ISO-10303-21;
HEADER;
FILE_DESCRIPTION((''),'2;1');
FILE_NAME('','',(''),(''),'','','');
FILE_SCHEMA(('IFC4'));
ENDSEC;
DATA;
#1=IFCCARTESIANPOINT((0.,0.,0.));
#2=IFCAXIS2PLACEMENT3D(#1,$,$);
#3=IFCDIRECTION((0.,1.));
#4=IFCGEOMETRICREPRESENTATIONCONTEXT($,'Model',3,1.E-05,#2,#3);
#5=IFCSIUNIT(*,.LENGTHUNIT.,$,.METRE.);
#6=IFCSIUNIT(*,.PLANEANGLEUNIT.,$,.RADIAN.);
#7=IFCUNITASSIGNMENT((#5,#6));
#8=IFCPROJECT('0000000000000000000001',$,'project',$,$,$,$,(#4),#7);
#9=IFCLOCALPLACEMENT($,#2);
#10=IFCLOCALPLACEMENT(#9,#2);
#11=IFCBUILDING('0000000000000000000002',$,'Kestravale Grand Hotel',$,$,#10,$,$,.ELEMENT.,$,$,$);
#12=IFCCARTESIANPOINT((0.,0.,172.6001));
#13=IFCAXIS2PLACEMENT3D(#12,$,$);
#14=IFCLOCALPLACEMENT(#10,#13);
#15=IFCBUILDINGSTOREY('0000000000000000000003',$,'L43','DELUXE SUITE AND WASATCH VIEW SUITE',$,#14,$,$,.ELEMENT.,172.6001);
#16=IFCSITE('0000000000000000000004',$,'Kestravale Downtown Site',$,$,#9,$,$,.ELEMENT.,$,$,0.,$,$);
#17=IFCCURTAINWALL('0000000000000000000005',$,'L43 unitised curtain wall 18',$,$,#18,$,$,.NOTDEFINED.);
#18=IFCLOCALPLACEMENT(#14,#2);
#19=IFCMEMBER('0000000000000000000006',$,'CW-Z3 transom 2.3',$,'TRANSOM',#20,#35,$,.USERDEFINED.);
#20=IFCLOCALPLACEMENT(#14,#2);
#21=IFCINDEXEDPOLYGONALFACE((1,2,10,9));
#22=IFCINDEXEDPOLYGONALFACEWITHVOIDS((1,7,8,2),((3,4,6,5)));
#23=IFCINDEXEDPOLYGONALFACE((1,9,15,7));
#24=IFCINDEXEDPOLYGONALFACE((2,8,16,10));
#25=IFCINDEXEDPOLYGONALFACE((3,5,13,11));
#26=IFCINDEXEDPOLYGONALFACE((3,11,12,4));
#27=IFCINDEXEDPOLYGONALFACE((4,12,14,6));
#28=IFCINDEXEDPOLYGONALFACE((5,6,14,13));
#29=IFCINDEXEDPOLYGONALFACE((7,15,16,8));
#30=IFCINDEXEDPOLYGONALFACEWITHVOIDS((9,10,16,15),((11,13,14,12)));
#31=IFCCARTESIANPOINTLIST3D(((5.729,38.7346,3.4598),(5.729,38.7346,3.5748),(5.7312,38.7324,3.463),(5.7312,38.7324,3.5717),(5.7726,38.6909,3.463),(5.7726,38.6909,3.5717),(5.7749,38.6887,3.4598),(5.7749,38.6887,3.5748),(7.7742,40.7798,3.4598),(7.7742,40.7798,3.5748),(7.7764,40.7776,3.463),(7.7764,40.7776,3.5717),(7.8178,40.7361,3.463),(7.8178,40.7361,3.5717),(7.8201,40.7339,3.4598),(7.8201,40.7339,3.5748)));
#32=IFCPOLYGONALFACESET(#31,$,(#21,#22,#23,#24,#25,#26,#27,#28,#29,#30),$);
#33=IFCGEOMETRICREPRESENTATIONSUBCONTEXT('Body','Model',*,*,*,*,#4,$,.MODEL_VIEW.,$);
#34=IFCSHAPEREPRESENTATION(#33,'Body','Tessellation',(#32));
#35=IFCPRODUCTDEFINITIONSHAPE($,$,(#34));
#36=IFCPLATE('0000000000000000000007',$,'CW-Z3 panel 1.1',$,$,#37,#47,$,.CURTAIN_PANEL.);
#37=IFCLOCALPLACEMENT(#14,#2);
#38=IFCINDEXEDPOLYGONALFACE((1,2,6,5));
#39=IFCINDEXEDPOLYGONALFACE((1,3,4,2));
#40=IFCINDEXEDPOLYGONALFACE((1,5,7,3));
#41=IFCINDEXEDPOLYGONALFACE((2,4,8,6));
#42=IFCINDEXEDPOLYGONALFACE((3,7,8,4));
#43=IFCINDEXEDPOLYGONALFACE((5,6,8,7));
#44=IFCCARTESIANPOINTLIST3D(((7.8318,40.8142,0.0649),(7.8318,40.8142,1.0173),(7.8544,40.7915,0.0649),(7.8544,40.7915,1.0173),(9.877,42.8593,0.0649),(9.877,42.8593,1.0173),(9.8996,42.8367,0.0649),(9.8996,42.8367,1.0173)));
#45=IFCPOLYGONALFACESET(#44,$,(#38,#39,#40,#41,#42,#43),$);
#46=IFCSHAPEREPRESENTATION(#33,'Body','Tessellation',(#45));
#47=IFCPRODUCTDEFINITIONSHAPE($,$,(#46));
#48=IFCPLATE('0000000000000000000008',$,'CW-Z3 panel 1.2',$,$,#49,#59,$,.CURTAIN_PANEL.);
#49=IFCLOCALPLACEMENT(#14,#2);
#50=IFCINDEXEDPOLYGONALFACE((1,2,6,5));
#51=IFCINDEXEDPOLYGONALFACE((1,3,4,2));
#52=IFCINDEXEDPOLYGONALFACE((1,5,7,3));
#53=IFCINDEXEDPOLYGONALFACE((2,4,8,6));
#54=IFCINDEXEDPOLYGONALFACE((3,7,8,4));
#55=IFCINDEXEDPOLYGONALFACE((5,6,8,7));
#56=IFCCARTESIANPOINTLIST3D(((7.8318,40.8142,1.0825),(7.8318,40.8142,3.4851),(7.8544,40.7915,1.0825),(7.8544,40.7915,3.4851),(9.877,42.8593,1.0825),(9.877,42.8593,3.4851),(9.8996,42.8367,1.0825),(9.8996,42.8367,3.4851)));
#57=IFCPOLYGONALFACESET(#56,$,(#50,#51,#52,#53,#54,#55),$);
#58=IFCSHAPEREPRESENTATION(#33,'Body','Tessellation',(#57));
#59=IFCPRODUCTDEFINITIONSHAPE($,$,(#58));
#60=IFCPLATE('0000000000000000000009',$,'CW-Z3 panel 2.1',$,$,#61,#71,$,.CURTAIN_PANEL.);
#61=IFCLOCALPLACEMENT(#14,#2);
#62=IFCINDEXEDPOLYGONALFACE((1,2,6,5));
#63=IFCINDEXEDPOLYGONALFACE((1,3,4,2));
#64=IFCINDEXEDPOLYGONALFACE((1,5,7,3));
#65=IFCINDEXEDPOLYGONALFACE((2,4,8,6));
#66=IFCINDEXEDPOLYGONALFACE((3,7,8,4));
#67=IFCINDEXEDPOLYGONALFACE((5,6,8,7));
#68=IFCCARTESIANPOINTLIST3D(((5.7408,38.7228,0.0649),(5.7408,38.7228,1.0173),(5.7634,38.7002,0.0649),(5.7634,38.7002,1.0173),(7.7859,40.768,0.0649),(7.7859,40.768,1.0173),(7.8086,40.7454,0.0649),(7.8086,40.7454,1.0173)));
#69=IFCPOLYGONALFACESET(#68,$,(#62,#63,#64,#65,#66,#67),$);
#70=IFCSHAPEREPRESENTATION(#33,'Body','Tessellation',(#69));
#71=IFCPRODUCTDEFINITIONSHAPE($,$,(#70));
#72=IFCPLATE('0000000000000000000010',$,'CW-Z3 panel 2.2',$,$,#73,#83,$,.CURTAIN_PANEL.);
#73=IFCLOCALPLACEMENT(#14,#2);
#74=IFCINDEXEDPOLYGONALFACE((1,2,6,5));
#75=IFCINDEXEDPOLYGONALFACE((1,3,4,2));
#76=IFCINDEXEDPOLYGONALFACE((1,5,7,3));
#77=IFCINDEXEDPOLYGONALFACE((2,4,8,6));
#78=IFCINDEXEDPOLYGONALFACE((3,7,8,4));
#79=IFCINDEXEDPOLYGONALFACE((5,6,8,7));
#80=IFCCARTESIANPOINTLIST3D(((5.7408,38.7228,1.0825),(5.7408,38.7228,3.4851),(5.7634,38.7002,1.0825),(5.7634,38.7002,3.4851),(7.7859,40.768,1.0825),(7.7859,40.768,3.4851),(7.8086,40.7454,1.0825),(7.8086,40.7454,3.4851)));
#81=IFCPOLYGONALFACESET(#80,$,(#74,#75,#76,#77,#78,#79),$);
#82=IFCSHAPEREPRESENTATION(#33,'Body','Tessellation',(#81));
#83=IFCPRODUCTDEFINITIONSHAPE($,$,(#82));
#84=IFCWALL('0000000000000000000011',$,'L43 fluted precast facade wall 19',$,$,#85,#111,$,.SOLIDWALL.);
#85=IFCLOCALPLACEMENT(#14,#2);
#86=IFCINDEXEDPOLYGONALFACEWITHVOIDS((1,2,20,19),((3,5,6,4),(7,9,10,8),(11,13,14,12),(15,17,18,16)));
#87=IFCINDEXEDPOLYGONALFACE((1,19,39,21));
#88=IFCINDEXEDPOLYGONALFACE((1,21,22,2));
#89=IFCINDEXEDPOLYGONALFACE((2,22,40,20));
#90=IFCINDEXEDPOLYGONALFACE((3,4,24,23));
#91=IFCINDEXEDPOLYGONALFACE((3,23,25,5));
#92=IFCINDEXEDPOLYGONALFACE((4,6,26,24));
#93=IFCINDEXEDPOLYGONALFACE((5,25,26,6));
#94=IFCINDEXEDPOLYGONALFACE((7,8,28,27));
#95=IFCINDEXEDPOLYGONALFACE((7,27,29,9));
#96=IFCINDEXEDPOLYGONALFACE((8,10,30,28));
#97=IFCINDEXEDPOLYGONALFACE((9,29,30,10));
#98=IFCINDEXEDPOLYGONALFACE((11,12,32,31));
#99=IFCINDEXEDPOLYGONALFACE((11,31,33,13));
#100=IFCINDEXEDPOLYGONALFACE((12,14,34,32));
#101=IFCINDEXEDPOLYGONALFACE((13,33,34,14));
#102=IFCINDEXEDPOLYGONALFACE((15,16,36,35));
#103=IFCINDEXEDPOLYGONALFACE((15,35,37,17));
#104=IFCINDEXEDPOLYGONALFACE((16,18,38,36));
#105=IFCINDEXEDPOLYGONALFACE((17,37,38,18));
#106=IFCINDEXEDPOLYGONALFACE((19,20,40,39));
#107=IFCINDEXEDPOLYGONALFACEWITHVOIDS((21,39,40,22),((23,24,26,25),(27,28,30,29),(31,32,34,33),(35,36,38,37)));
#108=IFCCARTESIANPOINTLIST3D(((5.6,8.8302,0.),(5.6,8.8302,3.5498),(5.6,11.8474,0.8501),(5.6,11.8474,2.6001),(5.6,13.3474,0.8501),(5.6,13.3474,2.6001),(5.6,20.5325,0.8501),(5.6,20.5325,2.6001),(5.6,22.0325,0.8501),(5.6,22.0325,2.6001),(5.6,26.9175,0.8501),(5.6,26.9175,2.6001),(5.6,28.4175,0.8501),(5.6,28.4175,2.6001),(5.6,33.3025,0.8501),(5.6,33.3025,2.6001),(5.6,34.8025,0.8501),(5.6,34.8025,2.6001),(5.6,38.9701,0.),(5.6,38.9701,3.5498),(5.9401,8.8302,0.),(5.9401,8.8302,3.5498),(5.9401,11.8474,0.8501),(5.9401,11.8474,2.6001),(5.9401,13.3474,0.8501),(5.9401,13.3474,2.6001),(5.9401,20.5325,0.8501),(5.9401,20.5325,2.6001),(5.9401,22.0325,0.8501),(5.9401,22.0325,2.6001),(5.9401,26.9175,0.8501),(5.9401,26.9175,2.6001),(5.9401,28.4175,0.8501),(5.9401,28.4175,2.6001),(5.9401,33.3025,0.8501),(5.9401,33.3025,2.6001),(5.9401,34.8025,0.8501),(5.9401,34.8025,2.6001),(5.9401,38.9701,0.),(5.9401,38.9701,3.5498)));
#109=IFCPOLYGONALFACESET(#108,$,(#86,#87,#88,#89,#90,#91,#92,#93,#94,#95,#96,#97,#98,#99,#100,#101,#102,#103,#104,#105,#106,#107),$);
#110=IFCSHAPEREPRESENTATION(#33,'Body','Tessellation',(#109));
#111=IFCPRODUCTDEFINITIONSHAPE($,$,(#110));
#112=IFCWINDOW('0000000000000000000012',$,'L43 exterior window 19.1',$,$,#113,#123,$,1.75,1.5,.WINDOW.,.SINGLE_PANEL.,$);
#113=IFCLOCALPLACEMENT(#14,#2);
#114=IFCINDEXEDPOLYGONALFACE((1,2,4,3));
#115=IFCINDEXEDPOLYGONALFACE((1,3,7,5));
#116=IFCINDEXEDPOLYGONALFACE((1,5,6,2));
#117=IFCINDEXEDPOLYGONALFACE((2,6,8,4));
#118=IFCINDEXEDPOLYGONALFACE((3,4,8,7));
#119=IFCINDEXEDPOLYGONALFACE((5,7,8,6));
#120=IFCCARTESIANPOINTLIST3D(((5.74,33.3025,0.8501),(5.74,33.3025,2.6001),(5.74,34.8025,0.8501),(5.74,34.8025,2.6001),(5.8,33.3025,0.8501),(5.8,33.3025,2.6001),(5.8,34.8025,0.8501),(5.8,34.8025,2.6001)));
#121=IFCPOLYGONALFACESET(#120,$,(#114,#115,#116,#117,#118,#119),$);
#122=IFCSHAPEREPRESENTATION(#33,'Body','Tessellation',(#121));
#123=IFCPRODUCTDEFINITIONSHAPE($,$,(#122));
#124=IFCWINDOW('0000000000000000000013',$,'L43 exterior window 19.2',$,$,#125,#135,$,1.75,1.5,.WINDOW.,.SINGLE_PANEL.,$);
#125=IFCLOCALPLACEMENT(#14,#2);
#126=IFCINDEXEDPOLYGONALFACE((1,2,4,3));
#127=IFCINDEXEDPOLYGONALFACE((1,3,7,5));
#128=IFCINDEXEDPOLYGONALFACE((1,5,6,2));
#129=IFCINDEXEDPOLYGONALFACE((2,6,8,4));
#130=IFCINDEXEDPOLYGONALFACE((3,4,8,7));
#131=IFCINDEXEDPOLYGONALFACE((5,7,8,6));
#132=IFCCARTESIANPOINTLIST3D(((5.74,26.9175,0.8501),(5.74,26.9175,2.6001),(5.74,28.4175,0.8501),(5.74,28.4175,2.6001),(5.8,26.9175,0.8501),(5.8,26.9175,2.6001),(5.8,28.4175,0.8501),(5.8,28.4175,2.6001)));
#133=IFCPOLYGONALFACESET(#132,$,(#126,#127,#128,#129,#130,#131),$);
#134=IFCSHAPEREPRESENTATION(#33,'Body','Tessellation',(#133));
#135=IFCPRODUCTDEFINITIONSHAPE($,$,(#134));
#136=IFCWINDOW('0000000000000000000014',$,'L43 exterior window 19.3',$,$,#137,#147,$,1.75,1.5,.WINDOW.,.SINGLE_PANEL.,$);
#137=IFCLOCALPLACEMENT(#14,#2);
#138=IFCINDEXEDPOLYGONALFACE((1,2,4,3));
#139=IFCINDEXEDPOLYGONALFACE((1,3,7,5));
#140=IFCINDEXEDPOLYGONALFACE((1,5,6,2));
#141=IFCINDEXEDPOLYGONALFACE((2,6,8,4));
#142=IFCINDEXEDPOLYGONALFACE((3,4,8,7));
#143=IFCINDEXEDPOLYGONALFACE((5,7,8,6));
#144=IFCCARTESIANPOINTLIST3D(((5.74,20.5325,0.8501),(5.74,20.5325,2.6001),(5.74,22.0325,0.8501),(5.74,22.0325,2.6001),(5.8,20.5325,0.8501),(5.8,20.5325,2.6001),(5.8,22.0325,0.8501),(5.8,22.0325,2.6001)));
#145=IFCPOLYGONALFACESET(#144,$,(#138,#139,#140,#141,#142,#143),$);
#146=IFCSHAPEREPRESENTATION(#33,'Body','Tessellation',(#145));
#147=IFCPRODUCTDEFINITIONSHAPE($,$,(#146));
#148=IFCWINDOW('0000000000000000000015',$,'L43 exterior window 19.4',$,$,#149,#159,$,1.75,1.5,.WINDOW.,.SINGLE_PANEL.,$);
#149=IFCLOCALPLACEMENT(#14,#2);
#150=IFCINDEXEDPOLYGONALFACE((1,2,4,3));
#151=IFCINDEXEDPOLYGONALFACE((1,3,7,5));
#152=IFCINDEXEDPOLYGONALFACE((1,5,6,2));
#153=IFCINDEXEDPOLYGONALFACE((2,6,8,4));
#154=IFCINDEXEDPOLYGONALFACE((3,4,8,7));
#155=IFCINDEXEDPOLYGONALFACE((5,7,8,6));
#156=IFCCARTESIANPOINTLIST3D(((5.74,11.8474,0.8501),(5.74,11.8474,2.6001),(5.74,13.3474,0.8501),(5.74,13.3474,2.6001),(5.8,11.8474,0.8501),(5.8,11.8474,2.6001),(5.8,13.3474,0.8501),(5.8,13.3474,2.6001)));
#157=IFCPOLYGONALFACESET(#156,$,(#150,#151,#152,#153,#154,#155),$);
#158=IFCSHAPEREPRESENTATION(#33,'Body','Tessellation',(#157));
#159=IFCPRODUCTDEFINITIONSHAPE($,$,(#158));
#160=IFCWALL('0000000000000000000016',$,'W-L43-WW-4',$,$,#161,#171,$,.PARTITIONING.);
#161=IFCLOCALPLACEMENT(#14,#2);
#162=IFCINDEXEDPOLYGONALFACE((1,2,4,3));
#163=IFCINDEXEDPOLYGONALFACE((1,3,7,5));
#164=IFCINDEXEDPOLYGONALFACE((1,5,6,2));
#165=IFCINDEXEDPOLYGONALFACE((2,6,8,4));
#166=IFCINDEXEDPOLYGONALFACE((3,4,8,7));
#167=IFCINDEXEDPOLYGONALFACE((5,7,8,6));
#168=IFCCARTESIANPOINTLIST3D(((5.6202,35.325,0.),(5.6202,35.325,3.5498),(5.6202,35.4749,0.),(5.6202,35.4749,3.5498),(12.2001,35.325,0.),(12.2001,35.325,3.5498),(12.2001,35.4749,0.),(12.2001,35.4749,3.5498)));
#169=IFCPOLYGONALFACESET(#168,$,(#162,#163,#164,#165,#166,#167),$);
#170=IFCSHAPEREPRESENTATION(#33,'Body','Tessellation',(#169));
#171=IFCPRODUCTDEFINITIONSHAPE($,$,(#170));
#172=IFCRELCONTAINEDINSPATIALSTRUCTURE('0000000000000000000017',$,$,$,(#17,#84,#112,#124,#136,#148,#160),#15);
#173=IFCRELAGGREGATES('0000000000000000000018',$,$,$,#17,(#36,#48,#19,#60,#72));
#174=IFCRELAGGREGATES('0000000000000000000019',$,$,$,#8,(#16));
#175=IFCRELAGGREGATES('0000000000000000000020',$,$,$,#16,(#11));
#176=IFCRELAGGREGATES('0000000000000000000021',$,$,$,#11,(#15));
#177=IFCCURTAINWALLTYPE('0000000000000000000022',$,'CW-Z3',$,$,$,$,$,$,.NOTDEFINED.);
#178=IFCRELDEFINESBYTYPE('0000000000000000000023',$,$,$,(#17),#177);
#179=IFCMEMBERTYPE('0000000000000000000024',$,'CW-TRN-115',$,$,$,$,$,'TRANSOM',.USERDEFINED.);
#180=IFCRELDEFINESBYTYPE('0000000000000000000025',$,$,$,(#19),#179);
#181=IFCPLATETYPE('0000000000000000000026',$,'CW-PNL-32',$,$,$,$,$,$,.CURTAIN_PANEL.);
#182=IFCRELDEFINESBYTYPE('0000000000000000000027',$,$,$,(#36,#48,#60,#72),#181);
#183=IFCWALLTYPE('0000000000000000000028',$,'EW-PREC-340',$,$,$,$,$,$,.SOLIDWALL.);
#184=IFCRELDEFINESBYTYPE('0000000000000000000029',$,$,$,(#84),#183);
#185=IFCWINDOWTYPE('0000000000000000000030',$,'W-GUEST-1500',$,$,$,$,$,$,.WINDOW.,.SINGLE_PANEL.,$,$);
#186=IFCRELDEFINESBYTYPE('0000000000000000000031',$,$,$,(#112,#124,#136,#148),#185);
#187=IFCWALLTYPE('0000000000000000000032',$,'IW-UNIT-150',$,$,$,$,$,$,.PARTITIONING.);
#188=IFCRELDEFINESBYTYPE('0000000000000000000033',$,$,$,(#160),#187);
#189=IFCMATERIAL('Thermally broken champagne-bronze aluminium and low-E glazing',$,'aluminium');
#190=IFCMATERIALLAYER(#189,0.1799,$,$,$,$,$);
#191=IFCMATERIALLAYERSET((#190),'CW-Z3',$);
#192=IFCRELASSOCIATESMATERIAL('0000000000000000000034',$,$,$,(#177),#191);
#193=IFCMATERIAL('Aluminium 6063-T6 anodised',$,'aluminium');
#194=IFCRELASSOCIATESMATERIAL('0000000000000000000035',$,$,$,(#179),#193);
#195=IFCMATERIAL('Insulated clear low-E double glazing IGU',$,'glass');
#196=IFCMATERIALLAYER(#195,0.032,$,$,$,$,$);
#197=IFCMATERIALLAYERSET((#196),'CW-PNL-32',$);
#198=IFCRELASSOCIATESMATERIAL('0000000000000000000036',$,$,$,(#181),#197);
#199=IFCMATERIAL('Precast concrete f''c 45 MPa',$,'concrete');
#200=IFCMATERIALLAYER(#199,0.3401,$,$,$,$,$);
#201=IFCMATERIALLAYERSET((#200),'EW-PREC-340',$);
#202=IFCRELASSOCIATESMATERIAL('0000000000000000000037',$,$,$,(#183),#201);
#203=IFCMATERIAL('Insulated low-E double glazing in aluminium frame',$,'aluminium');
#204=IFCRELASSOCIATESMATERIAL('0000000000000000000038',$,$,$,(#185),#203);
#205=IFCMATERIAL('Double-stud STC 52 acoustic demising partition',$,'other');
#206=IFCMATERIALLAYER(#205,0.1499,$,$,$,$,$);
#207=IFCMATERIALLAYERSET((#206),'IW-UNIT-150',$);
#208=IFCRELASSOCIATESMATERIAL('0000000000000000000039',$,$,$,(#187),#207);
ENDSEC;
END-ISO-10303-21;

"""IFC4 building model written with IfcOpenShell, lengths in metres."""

from ifc_helpers import new_model, si_unit, direction, frame, frame_2d, origin, origin_2d, place, context, subcontext, project, spatial, rectangle, hollow_rectangle, extrude, material, layer, layer_set, material_profile, profile_set, type_object, element, fill, aggregate, save


model = new_model("IFC4")

# Units and contexts
model_context = context("Model", 3, precision=1e-05, world=origin(), true_north=direction((0.0, 1.0)))
body_context = subcontext(model_context, "Body", "Model", "MODEL_VIEW")
ifc_project = project(units=[si_unit("LENGTHUNIT", "METRE"), si_unit("PLANEANGLEUNIT", "RADIAN")], contexts=[model_context])

# Site, building, storey
site_placement = place(None, origin())
site = spatial("IfcSite", under=ifc_project, at=site_placement, Name="Kestravale Downtown Site", CompositionType="ELEMENT", RefElevation=0.0)
building_placement = place(site_placement, origin())
building = spatial("IfcBuilding", under=site, at=building_placement, Name="Kestravale Grand Hotel", CompositionType="ELEMENT")
storey_placement = place(building_placement, frame((0.0, 0.0, 172.6001)))
storey = spatial("IfcBuildingStorey", under=building, at=storey_placement, Name="L43", Description="DELUXE SUITE AND WASATCH VIEW SUITE", CompositionType="ELEMENT", Elevation=172.6001)

# Curtain wall, member, plates
ifc_material_1 = material(Name="Thermally broken champagne-bronze aluminium and low-E glazing", Category="aluminium")
ifc_layer_1 = layer(ifc_material_1, 0.1799)
ifc_layer_set_1 = layer_set([ifc_layer_1], Name="CW-Z3")
curtain_wall_type = type_object("IfcCurtainWallType", Name="CW-Z3", PredefinedType="NOTDEFINED", material=ifc_layer_set_1)
curtain_wall_placement = place(storey_placement, origin())
curtain_wall = element("IfcCurtainWall", 1, at=curtain_wall_placement, inside=storey, type_object=curtain_wall_type, Name="L43 unitised curtain wall 18", PredefinedType="NOTDEFINED")
ifc_material_2 = material(Name="Aluminium 6063-T6 anodised", Category="aluminium")
ifc_material_profile_1 = material_profile(ifc_material_2, hollow_rectangle(XDim=0.0649, YDim=0.115, WallThickness=0.0032, at=origin_2d()))
ifc_profile_set_1 = profile_set([ifc_material_profile_1], Name="Aluminium 6063-T6 anodised")
member_type_1 = type_object("IfcMemberType", Name="CW-TRN-115", ElementType="TRANSOM", PredefinedType="USERDEFINED", material=ifc_profile_set_1)
member_1_placement = place(storey_placement, frame((7.7971, 40.7568, 3.5173), z_axis=(-0.707107, -0.707107, 0.0), x_axis=(0.707107, -0.707107, 0.0)))
member_1 = element("IfcMember", 2, at=member_1_placement, type_object=member_type_1, Name="CW-Z3 transom 2.3", ObjectType="TRANSOM", PredefinedType="USERDEFINED", context=body_context, shape_type="SweptSolid", body=[
    extrude(hollow_rectangle(XDim=0.0649, YDim=0.115, WallThickness=0.0032, at=origin_2d()), origin(), (0.0, 0.0, 1.0), 2.8923),
])
ifc_material_3 = material(Name="Insulated clear low-E double glazing IGU", Category="glass")
ifc_layer_2 = layer(ifc_material_3, 0.032)
ifc_layer_set_2 = layer_set([ifc_layer_2], Name="CW-PNL-32")
plate_type = type_object("IfcPlateType", Name="CW-PNL-32", PredefinedType="CURTAIN_PANEL", material=ifc_layer_set_2)
plate_1_placement = place(storey_placement, frame((8.8657, 41.8254, 0.0649), z_axis=(0.0, 0.0, 1.0), x_axis=(-0.707107, -0.707107, 0.0)))
plate_1 = element("IfcPlate", 3, at=plate_1_placement, type_object=plate_type, Name="CW-Z3 panel 1.1", PredefinedType="CURTAIN_PANEL", context=body_context, shape_type="SweptSolid", body=[
    extrude(rectangle(XDim=2.8923, YDim=0.032, at=origin_2d()), origin(), (0.0, 0.0, 1.0), 0.9524),
])
plate_2_placement = place(storey_placement, frame((8.8657, 41.8254, 1.0825), z_axis=(0.0, 0.0, 1.0), x_axis=(-0.707107, -0.707107, 0.0)))
plate_2 = element("IfcPlate", 4, at=plate_2_placement, type_object=plate_type, Name="CW-Z3 panel 1.2", PredefinedType="CURTAIN_PANEL", context=body_context, shape_type="SweptSolid", body=[
    extrude(rectangle(XDim=2.8923, YDim=0.032, at=origin_2d()), origin(), (0.0, 0.0, 1.0), 2.4026),
])
plate_3_placement = place(storey_placement, frame((6.7747, 39.7341, 0.0649), z_axis=(0.0, 0.0, 1.0), x_axis=(-0.707107, -0.707107, 0.0)))
plate_3 = element("IfcPlate", 5, at=plate_3_placement, type_object=plate_type, Name="CW-Z3 panel 2.1", PredefinedType="CURTAIN_PANEL", context=body_context, shape_type="SweptSolid", body=[
    extrude(rectangle(XDim=2.8923, YDim=0.032, at=origin_2d()), origin(), (0.0, 0.0, 1.0), 0.9524),
])
plate_4_placement = place(storey_placement, frame((6.7747, 39.7341, 1.0825), z_axis=(0.0, 0.0, 1.0), x_axis=(-0.707107, -0.707107, 0.0)))
plate_4 = element("IfcPlate", 6, at=plate_4_placement, type_object=plate_type, Name="CW-Z3 panel 2.2", PredefinedType="CURTAIN_PANEL", context=body_context, shape_type="SweptSolid", body=[
    extrude(rectangle(XDim=2.8923, YDim=0.032, at=origin_2d()), origin(), (0.0, 0.0, 1.0), 2.4026),
])
aggregate(curtain_wall, [plate_1, plate_2, member_1, plate_3, plate_4])

# Wall, openings, windows
ifc_material_4 = material(Name="Precast concrete f'c 45 MPa", Category="concrete")
ifc_layer_3 = layer(ifc_material_4, 0.3401)
ifc_layer_set_3 = layer_set([ifc_layer_3], Name="EW-PREC-340")
wall_type_1 = type_object("IfcWallType", Name="EW-PREC-340", PredefinedType="SOLIDWALL", material=ifc_layer_set_3)
wall_1_placement = place(storey_placement, frame((5.77, 38.97, 0.0), z_axis=(0.0, 0.0, 1.0), x_axis=(0.0, -1.0, 0.0)))
wall_1 = element("IfcWall", 7, at=wall_1_placement, inside=storey, type_object=wall_type_1, Name="L43 fluted precast facade wall 19", PredefinedType="SOLIDWALL", context=body_context, shape_type="SweptSolid", body=[
    extrude(rectangle(XDim=30.1399, YDim=0.3401, at=frame_2d((15.0698, 0.0))), origin(), (0.0, 0.0, 1.0), 3.5498),
])
opening_1_placement = place(wall_1_placement, frame((4.1675, 0.0, 0.8501)))
opening_1 = element("IfcOpeningElement", 8, at=opening_1_placement, cuts=wall_1, PredefinedType="OPENING", context=body_context, shape_type="SweptSolid", body=[
    extrude(rectangle(XDim=1.5, YDim=1.75, at=frame_2d((0.75, 0.875))), frame((0.0, 0.1799, 0.0), z_axis=(0.0, -1.0, 0.0), x_axis=(1.0, 0.0, 0.0)), (0.0, 0.0, 1.0), 0.3601),
])
opening_2_placement = place(wall_1_placement, frame((10.5525, 0.0, 0.8501)))
opening_2 = element("IfcOpeningElement", 9, at=opening_2_placement, cuts=wall_1, PredefinedType="OPENING", context=body_context, shape_type="SweptSolid", body=[
    extrude(rectangle(XDim=1.5, YDim=1.75, at=frame_2d((0.75, 0.875))), frame((0.0, 0.1799, 0.0), z_axis=(0.0, -1.0, 0.0), x_axis=(1.0, 0.0, 0.0)), (0.0, 0.0, 1.0), 0.3601),
])
opening_3_placement = place(wall_1_placement, frame((16.9375, 0.0, 0.8501)))
opening_3 = element("IfcOpeningElement", 10, at=opening_3_placement, cuts=wall_1, PredefinedType="OPENING", context=body_context, shape_type="SweptSolid", body=[
    extrude(rectangle(XDim=1.5, YDim=1.75, at=frame_2d((0.75, 0.875))), frame((0.0, 0.1799, 0.0), z_axis=(0.0, -1.0, 0.0), x_axis=(1.0, 0.0, 0.0)), (0.0, 0.0, 1.0), 0.3601),
])
opening_4_placement = place(wall_1_placement, frame((25.6226, 0.0, 0.8501)))
opening_4 = element("IfcOpeningElement", 11, at=opening_4_placement, cuts=wall_1, PredefinedType="OPENING", context=body_context, shape_type="SweptSolid", body=[
    extrude(rectangle(XDim=1.5, YDim=1.75, at=frame_2d((0.75, 0.875))), frame((0.0, 0.1799, 0.0), z_axis=(0.0, -1.0, 0.0), x_axis=(1.0, 0.0, 0.0)), (0.0, 0.0, 1.0), 0.3601),
])
ifc_material_5 = material(Name="Insulated low-E double glazing in aluminium frame", Category="aluminium")
window_type = type_object("IfcWindowType", Name="W-GUEST-1500", PartitioningType="SINGLE_PANEL", PredefinedType="WINDOW", material=ifc_material_5)
window_1_placement = place(opening_1_placement, origin())
window_1 = element("IfcWindow", 12, at=window_1_placement, inside=storey, type_object=window_type, Name="L43 exterior window 19.1", OverallHeight=1.75, OverallWidth=1.5, PartitioningType="SINGLE_PANEL", PredefinedType="WINDOW", context=body_context, shape_type="SweptSolid", body=[
    extrude(rectangle(XDim=1.5, YDim=1.75, at=frame_2d((0.75, 0.875))), frame((0.0, 0.03, 0.0), z_axis=(0.0, -1.0, 0.0), x_axis=(1.0, 0.0, 0.0)), (0.0, 0.0, 1.0), 0.0601),
])
fill(opening_1, window_1)
window_2_placement = place(opening_2_placement, origin())
window_2 = element("IfcWindow", 13, at=window_2_placement, inside=storey, type_object=window_type, Name="L43 exterior window 19.2", OverallHeight=1.75, OverallWidth=1.5, PartitioningType="SINGLE_PANEL", PredefinedType="WINDOW", context=body_context, shape_type="SweptSolid", body=[
    extrude(rectangle(XDim=1.5, YDim=1.75, at=frame_2d((0.75, 0.875))), frame((0.0, 0.03, 0.0), z_axis=(0.0, -1.0, 0.0), x_axis=(1.0, 0.0, 0.0)), (0.0, 0.0, 1.0), 0.0601),
])
fill(opening_2, window_2)
window_3_placement = place(opening_3_placement, origin())
window_3 = element("IfcWindow", 14, at=window_3_placement, inside=storey, type_object=window_type, Name="L43 exterior window 19.3", OverallHeight=1.75, OverallWidth=1.5, PartitioningType="SINGLE_PANEL", PredefinedType="WINDOW", context=body_context, shape_type="SweptSolid", body=[
    extrude(rectangle(XDim=1.5, YDim=1.75, at=frame_2d((0.75, 0.875))), frame((0.0, 0.03, 0.0), z_axis=(0.0, -1.0, 0.0), x_axis=(1.0, 0.0, 0.0)), (0.0, 0.0, 1.0), 0.0601),
])
fill(opening_3, window_3)
window_4_placement = place(opening_4_placement, origin())
window_4 = element("IfcWindow", 15, at=window_4_placement, inside=storey, type_object=window_type, Name="L43 exterior window 19.4", OverallHeight=1.75, OverallWidth=1.5, PartitioningType="SINGLE_PANEL", PredefinedType="WINDOW", context=body_context, shape_type="SweptSolid", body=[
    extrude(rectangle(XDim=1.5, YDim=1.75, at=frame_2d((0.75, 0.875))), frame((0.0, 0.03, 0.0), z_axis=(0.0, -1.0, 0.0), x_axis=(1.0, 0.0, 0.0)), (0.0, 0.0, 1.0), 0.0601),
])
fill(opening_4, window_4)

# Wall
ifc_material_6 = material(Name="Double-stud STC 52 acoustic demising partition", Category="other")
ifc_layer_4 = layer(ifc_material_6, 0.1499)
ifc_layer_set_4 = layer_set([ifc_layer_4], Name="IW-UNIT-150")
wall_type_2 = type_object("IfcWallType", Name="IW-UNIT-150", PredefinedType="PARTITIONING", material=ifc_layer_set_4)
wall_2_placement = place(storey_placement, frame((5.6201, 35.3999, 0.0), z_axis=(0.0, 0.0, 1.0), x_axis=(1.0, 0.0, 0.0)))
element("IfcWall", 16, at=wall_2_placement, inside=storey, type_object=wall_type_2, Name="W-L43-WW-4", PredefinedType="PARTITIONING", context=body_context, shape_type="SweptSolid", body=[
    extrude(rectangle(XDim=6.5798, YDim=0.1499, at=frame_2d((3.29, 0.0))), origin(), (0.0, 0.0, 1.0), 3.5498),
])

save(model, "model.ifc")
